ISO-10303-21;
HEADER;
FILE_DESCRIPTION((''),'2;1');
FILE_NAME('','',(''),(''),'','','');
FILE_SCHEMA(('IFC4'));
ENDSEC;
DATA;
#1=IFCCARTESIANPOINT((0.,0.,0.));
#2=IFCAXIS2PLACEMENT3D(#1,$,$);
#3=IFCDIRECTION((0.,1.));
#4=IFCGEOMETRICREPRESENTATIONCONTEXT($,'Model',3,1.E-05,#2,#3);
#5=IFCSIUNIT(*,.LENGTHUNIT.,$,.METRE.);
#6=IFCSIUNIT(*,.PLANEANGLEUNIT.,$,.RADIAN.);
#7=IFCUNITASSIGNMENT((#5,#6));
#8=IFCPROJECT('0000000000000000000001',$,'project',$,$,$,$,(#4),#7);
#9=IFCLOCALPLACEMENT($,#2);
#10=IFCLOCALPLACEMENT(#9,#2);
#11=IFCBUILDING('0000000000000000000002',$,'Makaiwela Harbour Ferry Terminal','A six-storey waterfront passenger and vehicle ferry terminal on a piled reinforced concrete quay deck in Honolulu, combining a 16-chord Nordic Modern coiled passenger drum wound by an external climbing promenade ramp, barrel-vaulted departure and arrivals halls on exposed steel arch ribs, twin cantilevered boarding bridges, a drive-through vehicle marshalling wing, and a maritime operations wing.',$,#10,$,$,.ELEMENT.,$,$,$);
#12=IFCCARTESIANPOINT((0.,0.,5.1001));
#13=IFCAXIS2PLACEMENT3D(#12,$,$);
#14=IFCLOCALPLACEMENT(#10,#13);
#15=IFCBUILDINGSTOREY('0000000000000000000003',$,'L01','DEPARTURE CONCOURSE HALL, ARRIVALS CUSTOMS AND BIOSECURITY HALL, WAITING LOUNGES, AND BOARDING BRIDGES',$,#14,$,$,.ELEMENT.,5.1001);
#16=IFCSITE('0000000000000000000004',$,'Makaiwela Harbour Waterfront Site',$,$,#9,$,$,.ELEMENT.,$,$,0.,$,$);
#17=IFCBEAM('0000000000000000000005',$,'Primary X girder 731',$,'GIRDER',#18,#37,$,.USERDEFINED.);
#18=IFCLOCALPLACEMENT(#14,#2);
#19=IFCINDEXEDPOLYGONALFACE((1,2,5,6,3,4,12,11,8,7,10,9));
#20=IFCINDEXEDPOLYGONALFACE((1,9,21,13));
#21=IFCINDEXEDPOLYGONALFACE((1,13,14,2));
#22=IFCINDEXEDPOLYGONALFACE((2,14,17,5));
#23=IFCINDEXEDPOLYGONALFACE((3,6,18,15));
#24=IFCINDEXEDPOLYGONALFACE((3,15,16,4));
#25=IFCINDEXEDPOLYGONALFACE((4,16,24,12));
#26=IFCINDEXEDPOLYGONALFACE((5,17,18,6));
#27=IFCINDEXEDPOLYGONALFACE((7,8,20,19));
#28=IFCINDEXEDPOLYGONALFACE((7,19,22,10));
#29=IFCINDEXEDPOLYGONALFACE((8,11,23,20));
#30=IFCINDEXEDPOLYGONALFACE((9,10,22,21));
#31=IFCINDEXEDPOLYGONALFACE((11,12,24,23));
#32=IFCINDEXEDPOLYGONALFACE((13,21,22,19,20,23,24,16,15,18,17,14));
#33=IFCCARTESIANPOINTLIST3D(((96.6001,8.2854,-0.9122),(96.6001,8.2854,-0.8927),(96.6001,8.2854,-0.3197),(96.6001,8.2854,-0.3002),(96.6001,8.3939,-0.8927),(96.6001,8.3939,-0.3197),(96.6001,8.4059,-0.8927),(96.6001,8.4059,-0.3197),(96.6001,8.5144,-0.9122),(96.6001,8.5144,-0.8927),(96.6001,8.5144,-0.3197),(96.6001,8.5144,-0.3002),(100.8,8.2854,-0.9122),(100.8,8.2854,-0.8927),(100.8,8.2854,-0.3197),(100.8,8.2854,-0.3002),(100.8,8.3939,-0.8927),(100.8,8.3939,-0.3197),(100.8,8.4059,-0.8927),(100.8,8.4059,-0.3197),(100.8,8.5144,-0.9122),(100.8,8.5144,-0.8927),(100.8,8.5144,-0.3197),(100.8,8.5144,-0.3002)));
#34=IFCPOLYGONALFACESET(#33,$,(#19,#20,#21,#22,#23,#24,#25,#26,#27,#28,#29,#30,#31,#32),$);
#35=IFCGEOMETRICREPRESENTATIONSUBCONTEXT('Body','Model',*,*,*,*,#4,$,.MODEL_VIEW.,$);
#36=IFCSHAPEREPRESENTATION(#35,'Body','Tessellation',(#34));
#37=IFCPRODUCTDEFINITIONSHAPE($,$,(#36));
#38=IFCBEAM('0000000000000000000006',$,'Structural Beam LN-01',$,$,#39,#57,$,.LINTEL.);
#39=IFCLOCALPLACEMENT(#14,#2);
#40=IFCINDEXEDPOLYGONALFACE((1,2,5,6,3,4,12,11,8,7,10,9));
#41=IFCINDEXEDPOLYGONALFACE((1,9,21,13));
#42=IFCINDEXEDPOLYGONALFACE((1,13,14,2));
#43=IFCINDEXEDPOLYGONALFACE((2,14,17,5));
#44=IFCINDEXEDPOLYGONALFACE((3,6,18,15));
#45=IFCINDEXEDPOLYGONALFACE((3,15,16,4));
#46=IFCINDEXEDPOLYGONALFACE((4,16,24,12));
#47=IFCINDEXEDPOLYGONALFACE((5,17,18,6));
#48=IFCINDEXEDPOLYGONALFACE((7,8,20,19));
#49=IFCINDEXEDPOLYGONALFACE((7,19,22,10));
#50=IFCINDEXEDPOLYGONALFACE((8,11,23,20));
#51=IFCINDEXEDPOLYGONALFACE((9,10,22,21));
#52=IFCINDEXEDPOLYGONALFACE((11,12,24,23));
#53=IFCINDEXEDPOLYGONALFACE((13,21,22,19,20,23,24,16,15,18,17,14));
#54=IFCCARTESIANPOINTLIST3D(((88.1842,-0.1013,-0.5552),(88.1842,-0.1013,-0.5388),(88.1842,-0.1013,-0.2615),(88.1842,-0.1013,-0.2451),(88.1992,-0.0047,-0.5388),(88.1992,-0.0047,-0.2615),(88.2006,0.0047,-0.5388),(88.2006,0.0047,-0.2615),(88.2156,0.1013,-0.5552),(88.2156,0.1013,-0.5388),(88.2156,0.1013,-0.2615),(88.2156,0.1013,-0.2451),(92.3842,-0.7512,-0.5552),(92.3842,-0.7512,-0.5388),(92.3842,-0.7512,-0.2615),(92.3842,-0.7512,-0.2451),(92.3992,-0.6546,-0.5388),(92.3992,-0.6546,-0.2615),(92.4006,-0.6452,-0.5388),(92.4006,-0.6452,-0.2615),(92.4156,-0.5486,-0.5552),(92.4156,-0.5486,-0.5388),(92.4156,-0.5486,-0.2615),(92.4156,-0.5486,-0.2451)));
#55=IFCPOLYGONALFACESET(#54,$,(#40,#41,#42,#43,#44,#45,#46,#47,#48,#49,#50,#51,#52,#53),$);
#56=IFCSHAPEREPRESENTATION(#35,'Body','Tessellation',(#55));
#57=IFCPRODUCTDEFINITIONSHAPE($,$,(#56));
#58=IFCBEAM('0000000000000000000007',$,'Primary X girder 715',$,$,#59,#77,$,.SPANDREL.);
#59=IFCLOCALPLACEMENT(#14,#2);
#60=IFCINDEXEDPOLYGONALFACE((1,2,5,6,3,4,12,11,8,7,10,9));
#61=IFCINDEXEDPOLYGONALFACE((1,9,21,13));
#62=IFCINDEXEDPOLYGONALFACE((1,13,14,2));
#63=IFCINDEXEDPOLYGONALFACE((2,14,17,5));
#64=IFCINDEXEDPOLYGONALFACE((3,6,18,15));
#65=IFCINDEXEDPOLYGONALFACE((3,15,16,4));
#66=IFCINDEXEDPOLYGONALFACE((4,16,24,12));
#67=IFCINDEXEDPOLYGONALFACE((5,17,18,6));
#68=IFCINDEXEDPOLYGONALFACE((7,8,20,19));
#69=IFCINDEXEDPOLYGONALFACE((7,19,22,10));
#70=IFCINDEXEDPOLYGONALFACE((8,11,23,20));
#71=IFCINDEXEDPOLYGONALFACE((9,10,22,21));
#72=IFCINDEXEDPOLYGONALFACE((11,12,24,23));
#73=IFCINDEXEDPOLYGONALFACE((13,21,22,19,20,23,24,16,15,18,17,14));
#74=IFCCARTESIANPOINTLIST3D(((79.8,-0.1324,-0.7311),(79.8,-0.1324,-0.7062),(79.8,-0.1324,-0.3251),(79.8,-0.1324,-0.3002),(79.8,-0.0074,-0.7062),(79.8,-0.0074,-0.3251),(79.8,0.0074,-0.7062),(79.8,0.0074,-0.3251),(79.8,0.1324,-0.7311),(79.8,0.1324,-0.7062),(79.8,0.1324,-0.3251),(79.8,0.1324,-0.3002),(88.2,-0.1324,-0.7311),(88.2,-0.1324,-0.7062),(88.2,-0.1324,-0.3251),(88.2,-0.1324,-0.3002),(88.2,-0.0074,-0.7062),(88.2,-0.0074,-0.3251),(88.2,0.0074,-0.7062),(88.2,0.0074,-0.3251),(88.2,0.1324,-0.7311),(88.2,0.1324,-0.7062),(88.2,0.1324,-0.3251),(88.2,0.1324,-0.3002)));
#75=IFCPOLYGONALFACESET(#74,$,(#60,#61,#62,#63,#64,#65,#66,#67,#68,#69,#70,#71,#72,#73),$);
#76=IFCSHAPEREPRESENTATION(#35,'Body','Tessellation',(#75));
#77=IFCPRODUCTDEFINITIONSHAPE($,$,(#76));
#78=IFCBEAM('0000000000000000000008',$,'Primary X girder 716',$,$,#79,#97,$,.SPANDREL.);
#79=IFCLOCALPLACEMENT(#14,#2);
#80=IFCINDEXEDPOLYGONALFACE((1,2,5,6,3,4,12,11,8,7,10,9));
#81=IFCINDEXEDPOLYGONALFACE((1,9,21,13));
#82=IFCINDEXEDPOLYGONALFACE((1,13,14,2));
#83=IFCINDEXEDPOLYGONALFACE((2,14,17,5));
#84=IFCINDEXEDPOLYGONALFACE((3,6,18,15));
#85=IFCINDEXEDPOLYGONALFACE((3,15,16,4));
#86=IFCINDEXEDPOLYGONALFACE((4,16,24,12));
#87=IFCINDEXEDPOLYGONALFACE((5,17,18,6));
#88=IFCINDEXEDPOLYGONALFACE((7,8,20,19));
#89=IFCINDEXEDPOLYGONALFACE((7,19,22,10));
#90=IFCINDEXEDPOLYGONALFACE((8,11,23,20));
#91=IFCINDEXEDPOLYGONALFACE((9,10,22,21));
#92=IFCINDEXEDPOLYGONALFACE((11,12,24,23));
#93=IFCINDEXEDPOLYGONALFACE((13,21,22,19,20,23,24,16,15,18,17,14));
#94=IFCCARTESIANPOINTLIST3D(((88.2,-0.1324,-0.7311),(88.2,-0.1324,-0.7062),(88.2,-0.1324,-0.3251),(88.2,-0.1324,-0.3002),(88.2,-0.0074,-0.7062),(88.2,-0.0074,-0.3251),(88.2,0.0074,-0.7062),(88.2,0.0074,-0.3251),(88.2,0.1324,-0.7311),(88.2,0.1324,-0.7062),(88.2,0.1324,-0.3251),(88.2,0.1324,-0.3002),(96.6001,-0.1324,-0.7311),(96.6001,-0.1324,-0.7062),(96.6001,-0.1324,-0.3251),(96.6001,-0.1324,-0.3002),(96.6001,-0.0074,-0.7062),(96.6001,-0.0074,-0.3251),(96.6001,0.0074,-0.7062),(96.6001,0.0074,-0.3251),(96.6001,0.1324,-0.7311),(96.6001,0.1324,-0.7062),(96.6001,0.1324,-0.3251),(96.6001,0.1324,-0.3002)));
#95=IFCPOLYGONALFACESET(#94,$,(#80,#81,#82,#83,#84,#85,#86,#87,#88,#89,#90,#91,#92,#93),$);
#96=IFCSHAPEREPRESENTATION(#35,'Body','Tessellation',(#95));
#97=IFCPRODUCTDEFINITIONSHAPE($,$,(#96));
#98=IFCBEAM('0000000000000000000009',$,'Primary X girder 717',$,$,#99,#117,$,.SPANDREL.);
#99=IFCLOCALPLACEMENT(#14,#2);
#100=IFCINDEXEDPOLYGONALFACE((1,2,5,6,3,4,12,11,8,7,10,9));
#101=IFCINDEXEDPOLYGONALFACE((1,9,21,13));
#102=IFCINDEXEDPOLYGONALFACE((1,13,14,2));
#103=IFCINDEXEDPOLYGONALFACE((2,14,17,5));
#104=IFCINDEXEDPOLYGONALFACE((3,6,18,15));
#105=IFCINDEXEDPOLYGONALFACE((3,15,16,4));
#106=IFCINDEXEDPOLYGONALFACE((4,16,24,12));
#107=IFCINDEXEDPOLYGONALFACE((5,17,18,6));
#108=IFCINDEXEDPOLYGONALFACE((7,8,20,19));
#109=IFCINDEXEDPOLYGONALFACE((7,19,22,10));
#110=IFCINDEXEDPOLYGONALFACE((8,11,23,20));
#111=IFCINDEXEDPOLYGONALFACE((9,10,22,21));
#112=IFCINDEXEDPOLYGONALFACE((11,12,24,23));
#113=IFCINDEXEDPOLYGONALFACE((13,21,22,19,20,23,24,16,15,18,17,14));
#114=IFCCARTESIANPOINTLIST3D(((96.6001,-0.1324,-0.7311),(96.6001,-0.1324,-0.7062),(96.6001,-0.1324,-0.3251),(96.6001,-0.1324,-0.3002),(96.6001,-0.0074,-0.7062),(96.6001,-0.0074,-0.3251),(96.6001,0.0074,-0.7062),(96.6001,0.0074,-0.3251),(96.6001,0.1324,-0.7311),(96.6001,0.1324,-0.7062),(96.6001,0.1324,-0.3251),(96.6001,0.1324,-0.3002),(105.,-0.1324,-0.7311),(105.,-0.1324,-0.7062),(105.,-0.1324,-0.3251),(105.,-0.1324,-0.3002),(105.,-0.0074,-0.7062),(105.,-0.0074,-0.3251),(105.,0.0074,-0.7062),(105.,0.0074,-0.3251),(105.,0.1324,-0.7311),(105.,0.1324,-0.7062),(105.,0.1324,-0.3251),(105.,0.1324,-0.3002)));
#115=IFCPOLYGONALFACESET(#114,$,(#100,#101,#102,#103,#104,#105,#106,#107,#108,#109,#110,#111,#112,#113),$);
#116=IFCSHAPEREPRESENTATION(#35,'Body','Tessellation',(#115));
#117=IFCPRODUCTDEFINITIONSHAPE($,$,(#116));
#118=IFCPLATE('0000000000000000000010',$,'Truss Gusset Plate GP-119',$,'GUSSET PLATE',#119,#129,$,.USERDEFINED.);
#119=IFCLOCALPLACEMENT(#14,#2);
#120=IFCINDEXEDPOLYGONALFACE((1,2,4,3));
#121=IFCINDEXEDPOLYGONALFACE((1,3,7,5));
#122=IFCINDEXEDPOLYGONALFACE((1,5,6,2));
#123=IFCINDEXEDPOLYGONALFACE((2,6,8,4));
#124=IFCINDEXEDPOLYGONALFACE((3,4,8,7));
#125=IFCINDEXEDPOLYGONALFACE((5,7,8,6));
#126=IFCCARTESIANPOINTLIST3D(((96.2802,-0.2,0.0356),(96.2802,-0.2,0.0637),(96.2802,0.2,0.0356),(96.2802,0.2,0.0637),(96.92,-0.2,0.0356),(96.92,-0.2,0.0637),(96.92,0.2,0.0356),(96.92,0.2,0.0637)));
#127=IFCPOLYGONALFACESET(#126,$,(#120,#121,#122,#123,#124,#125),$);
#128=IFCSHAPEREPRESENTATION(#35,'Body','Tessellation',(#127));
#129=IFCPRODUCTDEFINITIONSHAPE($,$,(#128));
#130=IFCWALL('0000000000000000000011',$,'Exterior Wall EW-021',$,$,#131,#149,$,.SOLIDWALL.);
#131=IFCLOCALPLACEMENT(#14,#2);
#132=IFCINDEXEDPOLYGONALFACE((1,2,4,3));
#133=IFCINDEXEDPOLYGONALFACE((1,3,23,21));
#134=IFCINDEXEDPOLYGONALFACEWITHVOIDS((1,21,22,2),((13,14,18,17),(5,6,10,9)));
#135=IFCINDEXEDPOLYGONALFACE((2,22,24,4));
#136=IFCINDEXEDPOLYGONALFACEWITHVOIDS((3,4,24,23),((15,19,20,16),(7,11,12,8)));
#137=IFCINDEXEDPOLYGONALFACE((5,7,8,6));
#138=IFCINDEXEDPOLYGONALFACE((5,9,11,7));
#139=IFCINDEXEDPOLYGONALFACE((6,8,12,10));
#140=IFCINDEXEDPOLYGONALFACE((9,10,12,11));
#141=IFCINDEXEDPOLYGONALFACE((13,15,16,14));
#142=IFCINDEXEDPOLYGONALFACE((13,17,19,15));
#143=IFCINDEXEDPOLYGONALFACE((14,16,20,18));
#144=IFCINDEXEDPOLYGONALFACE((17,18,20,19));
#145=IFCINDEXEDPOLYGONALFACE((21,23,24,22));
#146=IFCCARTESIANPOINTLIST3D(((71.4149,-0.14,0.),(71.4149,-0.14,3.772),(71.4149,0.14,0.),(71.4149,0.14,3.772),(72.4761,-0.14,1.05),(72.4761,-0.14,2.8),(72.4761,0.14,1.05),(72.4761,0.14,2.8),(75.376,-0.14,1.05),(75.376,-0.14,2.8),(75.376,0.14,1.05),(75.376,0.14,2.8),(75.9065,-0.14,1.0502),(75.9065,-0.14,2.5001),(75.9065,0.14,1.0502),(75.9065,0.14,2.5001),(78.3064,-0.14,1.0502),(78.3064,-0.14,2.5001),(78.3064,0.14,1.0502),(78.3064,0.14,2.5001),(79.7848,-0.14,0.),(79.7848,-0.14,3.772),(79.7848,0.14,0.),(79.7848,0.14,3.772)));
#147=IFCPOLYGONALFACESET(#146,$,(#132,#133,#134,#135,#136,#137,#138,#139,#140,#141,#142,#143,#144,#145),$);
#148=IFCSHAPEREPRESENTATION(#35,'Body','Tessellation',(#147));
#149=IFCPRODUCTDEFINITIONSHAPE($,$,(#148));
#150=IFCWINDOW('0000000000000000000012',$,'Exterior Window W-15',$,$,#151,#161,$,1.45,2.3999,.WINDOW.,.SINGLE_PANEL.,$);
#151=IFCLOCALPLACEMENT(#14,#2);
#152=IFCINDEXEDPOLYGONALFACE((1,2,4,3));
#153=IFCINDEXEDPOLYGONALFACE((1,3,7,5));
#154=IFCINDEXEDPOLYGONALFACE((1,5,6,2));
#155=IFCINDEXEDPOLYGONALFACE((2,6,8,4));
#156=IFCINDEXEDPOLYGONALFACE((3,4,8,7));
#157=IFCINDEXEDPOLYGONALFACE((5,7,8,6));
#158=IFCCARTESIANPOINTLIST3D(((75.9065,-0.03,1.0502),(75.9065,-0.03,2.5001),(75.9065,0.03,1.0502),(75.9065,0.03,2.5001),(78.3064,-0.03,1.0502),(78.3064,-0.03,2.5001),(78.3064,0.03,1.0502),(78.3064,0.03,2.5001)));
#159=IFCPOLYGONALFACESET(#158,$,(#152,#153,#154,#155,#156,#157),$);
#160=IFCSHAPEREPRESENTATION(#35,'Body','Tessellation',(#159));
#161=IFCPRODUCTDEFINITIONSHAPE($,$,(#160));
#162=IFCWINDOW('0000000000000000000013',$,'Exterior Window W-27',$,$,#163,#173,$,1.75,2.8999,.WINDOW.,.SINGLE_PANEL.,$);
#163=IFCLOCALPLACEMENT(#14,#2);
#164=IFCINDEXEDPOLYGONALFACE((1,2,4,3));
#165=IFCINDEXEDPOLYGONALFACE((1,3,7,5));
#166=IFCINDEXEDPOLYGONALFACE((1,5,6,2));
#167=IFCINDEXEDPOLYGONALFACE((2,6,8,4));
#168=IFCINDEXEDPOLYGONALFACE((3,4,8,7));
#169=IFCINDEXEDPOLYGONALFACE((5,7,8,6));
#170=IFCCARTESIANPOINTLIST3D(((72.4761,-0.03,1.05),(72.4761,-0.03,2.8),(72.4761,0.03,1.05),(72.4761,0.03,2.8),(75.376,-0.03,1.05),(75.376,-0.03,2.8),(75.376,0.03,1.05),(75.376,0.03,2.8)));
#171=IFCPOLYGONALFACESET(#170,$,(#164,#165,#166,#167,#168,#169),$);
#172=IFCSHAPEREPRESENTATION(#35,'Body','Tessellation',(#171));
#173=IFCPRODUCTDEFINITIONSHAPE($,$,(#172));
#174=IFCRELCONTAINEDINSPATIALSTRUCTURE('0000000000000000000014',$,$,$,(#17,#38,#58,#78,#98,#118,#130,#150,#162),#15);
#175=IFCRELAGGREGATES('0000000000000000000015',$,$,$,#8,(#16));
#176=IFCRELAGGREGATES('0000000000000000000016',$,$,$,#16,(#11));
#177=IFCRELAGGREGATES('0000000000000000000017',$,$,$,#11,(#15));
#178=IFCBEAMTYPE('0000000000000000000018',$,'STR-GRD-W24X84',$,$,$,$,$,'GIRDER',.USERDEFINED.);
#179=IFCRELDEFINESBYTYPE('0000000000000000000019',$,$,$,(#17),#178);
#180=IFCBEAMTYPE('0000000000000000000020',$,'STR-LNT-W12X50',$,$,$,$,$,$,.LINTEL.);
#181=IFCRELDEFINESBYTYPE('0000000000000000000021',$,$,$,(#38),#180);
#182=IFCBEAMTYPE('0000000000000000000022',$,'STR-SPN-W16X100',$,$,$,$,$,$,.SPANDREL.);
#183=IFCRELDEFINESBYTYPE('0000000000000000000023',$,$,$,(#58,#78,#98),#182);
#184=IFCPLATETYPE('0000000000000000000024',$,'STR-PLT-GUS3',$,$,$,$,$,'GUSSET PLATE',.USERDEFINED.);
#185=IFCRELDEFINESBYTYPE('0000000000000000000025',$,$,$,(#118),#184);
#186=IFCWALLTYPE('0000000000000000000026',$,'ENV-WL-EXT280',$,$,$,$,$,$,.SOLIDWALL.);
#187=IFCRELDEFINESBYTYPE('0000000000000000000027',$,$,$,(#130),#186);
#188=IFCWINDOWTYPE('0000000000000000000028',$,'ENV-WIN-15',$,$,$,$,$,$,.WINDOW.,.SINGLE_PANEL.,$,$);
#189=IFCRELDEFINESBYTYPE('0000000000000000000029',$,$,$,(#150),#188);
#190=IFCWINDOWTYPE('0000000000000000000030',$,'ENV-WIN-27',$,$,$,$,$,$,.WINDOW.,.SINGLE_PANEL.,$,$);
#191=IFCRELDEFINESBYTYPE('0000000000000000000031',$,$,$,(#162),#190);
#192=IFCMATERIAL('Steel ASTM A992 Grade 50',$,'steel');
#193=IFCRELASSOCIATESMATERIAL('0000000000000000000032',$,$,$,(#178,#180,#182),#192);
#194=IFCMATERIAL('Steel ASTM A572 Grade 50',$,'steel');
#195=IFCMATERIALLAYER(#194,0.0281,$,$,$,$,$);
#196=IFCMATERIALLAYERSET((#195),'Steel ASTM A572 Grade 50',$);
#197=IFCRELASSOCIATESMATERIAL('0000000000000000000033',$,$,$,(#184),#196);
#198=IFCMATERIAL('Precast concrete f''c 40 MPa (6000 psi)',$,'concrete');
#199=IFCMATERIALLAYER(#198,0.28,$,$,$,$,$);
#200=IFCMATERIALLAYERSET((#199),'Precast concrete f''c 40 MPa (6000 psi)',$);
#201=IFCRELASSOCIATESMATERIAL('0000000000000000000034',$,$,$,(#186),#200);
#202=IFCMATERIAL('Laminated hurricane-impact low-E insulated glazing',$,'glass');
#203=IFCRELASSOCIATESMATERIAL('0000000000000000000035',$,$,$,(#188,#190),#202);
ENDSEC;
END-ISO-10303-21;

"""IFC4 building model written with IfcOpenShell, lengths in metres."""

from ifc_helpers import new_model, si_unit, direction, frame, frame_2d, origin, origin_2d, place, context, subcontext, project, spatial, rectangle, i_section, extrude, material, layer, layer_set, material_profile, profile_set, type_object, element, fill, save


model = new_model("IFC4")

# Units and contexts
model_context = context("Model", 3, precision=1e-05, world=origin(), true_north=direction((0.0, 1.0)))
body_context = subcontext(model_context, "Body", "Model", "MODEL_VIEW")
ifc_project = project(units=[si_unit("LENGTHUNIT", "METRE"), si_unit("PLANEANGLEUNIT", "RADIAN")], contexts=[model_context])

# Site, building, storey
site_placement = place(None, origin())
site = spatial("IfcSite", under=ifc_project, at=site_placement, Name="Makaiwela Harbour Waterfront Site", CompositionType="ELEMENT", RefElevation=0.0)
building_placement = place(site_placement, origin())
building = spatial("IfcBuilding", under=site, at=building_placement, Name="Makaiwela Harbour Ferry Terminal", Description="A six-storey waterfront passenger and vehicle ferry terminal on a piled reinforced concrete quay deck in Honolulu, combining a 16-chord Nordic Modern coiled passenger drum wound by an external climbing promenade ramp, barrel-vaulted departure and arrivals halls on exposed steel arch ribs, twin cantilevered boarding bridges, a drive-through vehicle marshalling wing, and a maritime operations wing.", CompositionType="ELEMENT")
storey_placement = place(building_placement, frame((0.0, 0.0, 5.1001)))
storey = spatial("IfcBuildingStorey", under=building, at=storey_placement, Name="L01", Description="DEPARTURE CONCOURSE HALL, ARRIVALS CUSTOMS AND BIOSECURITY HALL, WAITING LOUNGES, AND BOARDING BRIDGES", CompositionType="ELEMENT", Elevation=5.1001)

# Shared definitions
ifc_material_1 = material(Name="Steel ASTM A992 Grade 50", Category="steel")

# Beams
ifc_material_profile_1 = material_profile(ifc_material_1, i_section(OverallWidth=0.229, OverallDepth=0.6121, WebThickness=0.012, FlangeThickness=0.0195, at=origin_2d()), Name="W24X84")
ifc_profile_set_1 = profile_set([ifc_material_profile_1], Name="Steel ASTM A992 Grade 50")
beam_type_1 = type_object("IfcBeamType", Name="STR-GRD-W24X84", ElementType="GIRDER", PredefinedType="USERDEFINED", material=ifc_profile_set_1)
beam_1_placement = place(storey_placement, frame((96.6001, 8.3999, -0.6062), z_axis=(1.0, 0.0, 0.0), x_axis=(0.0, 1.0, 0.0)))
element("IfcBeam", 1, at=beam_1_placement, inside=storey, type_object=beam_type_1, Name="Primary X girder 731", ObjectType="GIRDER", PredefinedType="USERDEFINED", context=body_context, shape_type="SweptSolid", body=[
    extrude(i_section(OverallWidth=0.229, OverallDepth=0.6121, WebThickness=0.012, FlangeThickness=0.0195, at=origin_2d()), origin(), (0.0, 0.0, 1.0), 4.2),
])
ifc_material_profile_2 = material_profile(ifc_material_1, i_section(OverallWidth=0.2051, OverallDepth=0.3101, WebThickness=0.0095, FlangeThickness=0.0164, at=origin_2d()), Name="W12X50")
ifc_profile_set_2 = profile_set([ifc_material_profile_2], Name="Steel ASTM A992 Grade 50")
beam_type_2 = type_object("IfcBeamType", Name="STR-LNT-W12X50", PredefinedType="LINTEL", material=ifc_profile_set_2)
beam_2_placement = place(storey_placement, frame((92.3999, -0.6499, -0.4001), z_axis=(-0.988238, 0.15292, 0.0), x_axis=(-0.15292, -0.988238, 0.0)))
element("IfcBeam", 2, at=beam_2_placement, inside=storey, type_object=beam_type_2, Name="Structural Beam LN-01", PredefinedType="LINTEL", context=body_context, shape_type="SweptSolid", body=[
    extrude(i_section(OverallWidth=0.2051, OverallDepth=0.3101, WebThickness=0.0095, FlangeThickness=0.0164, at=origin_2d()), origin(), (0.0, 0.0, 1.0), 4.25),
])
ifc_material_profile_3 = material_profile(ifc_material_1, i_section(OverallWidth=0.2649, OverallDepth=0.4309, WebThickness=0.0149, FlangeThickness=0.0249, at=origin_2d()), Name="W16X100")
ifc_profile_set_3 = profile_set([ifc_material_profile_3], Name="Steel ASTM A992 Grade 50")
beam_type_3 = type_object("IfcBeamType", Name="STR-SPN-W16X100", PredefinedType="SPANDREL", material=ifc_profile_set_3)
beam_3_placement = place(storey_placement, frame((79.8, 0.0, -0.5156), z_axis=(1.0, 0.0, 0.0), x_axis=(0.0, 1.0, 0.0)))
element("IfcBeam", 3, at=beam_3_placement, inside=storey, type_object=beam_type_3, Name="Primary X girder 715", PredefinedType="SPANDREL", context=body_context, shape_type="SweptSolid", body=[
    extrude(i_section(OverallWidth=0.2649, OverallDepth=0.4309, WebThickness=0.0149, FlangeThickness=0.0249, at=origin_2d()), origin(), (0.0, 0.0, 1.0), 8.3999),
])
beam_4_placement = place(storey_placement, frame((88.2, 0.0, -0.5156), z_axis=(1.0, 0.0, 0.0), x_axis=(0.0, 1.0, 0.0)))
element("IfcBeam", 4, at=beam_4_placement, inside=storey, type_object=beam_type_3, Name="Primary X girder 716", PredefinedType="SPANDREL", context=body_context, shape_type="SweptSolid", body=[
    extrude(i_section(OverallWidth=0.2649, OverallDepth=0.4309, WebThickness=0.0149, FlangeThickness=0.0249, at=origin_2d()), origin(), (0.0, 0.0, 1.0), 8.4001),
])
beam_5_placement = place(storey_placement, frame((96.6001, 0.0, -0.5156), z_axis=(1.0, 0.0, 0.0), x_axis=(0.0, 1.0, 0.0)))
element("IfcBeam", 5, at=beam_5_placement, inside=storey, type_object=beam_type_3, Name="Primary X girder 717", PredefinedType="SPANDREL", context=body_context, shape_type="SweptSolid", body=[
    extrude(i_section(OverallWidth=0.2649, OverallDepth=0.4309, WebThickness=0.0149, FlangeThickness=0.0249, at=origin_2d()), origin(), (0.0, 0.0, 1.0), 8.3999),
])

# Plate
ifc_material_2 = material(Name="Steel ASTM A572 Grade 50", Category="steel")
ifc_layer_1 = layer(ifc_material_2, 0.0281)
ifc_layer_set_1 = layer_set([ifc_layer_1], Name="Steel ASTM A572 Grade 50")
plate_type = type_object("IfcPlateType", Name="STR-PLT-GUS3", ElementType="GUSSET PLATE", PredefinedType="USERDEFINED", material=ifc_layer_set_1)
plate_placement = place(storey_placement, frame((96.6001, 0.0, 0.0356), z_axis=(0.0, 0.0, 1.0), x_axis=(1.0, 0.0, 0.0)))
element("IfcPlate", 6, at=plate_placement, inside=storey, type_object=plate_type, Name="Truss Gusset Plate GP-119", ObjectType="GUSSET PLATE", PredefinedType="USERDEFINED", context=body_context, shape_type="SweptSolid", body=[
    extrude(rectangle(XDim=0.6399, YDim=0.3999, at=origin_2d()), origin(), (0.0, 0.0, 1.0), 0.0281),
])

# Wall, openings, windows
ifc_material_3 = material(Name="Precast concrete f'c 40 MPa (6000 psi)", Category="concrete")
ifc_layer_2 = layer(ifc_material_3, 0.28)
ifc_layer_set_2 = layer_set([ifc_layer_2], Name="Precast concrete f'c 40 MPa (6000 psi)")
wall_type = type_object("IfcWallType", Name="ENV-WL-EXT280", PredefinedType="SOLIDWALL", material=ifc_layer_set_2)
wall_1_placement = place(storey_placement, frame((79.7849, 0.0, 0.0), z_axis=(0.0, 0.0, 1.0), x_axis=(-1.0, 0.0, 0.0)))
wall_1 = element("IfcWall", 7, at=wall_1_placement, inside=storey, type_object=wall_type, Name="Exterior Wall EW-021", PredefinedType="SOLIDWALL", context=body_context, shape_type="SweptSolid", body=[
    extrude(rectangle(XDim=8.3699, YDim=0.28, at=frame_2d((4.1851, 0.0))), origin(), (0.0, 0.0, 1.0), 3.772),
])
opening_1_placement = place(wall_1_placement, frame((1.4785, 0.0, 1.05)))
opening_1 = element("IfcOpeningElement", 8, at=opening_1_placement, cuts=wall_1, PredefinedType="OPENING", context=body_context, shape_type="SweptSolid", body=[
    extrude(rectangle(XDim=2.3999, YDim=1.45, at=frame_2d((1.2, 0.7251))), frame((0.0, 0.1499, 0.0), z_axis=(0.0, -1.0, 0.0), x_axis=(1.0, 0.0, 0.0)), (0.0, 0.0, 1.0), 0.3),
])
opening_2_placement = place(wall_1_placement, frame((4.4089, 0.0, 1.05)))
opening_2 = element("IfcOpeningElement", 9, at=opening_2_placement, cuts=wall_1, PredefinedType="OPENING", context=body_context, shape_type="SweptSolid", body=[
    extrude(rectangle(XDim=2.8999, YDim=1.75, at=frame_2d((1.45, 0.875))), frame((0.0, 0.1499, 0.0), z_axis=(0.0, -1.0, 0.0), x_axis=(1.0, 0.0, 0.0)), (0.0, 0.0, 1.0), 0.3),
])
ifc_material_4 = material(Name="Laminated hurricane-impact low-E insulated glazing", Category="glass")
window_type_1 = type_object("IfcWindowType", Name="ENV-WIN-15", PartitioningType="SINGLE_PANEL", PredefinedType="WINDOW", material=ifc_material_4)
window_1_placement = place(opening_1_placement, origin())
window_1 = element("IfcWindow", 10, at=window_1_placement, inside=storey, type_object=window_type_1, Name="Exterior Window W-15", OverallHeight=1.45, OverallWidth=2.3999, PartitioningType="SINGLE_PANEL", PredefinedType="WINDOW", context=body_context, shape_type="SweptSolid", body=[
    extrude(rectangle(XDim=2.3999, YDim=1.45, at=frame_2d((1.2, 0.7251))), frame((0.0, 0.03, 0.0), z_axis=(0.0, -1.0, 0.0), x_axis=(1.0, 0.0, 0.0)), (0.0, 0.0, 1.0), 0.0601),
])
fill(opening_1, window_1)
window_type_2 = type_object("IfcWindowType", Name="ENV-WIN-27", PartitioningType="SINGLE_PANEL", PredefinedType="WINDOW", material=ifc_material_4)
window_2_placement = place(opening_2_placement, origin())
window_2 = element("IfcWindow", 11, at=window_2_placement, inside=storey, type_object=window_type_2, Name="Exterior Window W-27", OverallHeight=1.75, OverallWidth=2.8999, PartitioningType="SINGLE_PANEL", PredefinedType="WINDOW", context=body_context, shape_type="SweptSolid", body=[
    extrude(rectangle(XDim=2.8999, YDim=1.75, at=frame_2d((1.45, 0.875))), frame((0.0, 0.03, 0.0), z_axis=(0.0, -1.0, 0.0), x_axis=(1.0, 0.0, 0.0)), (0.0, 0.0, 1.0), 0.0601),
])
fill(opening_2, window_2)

save(model, "model.ifc")
